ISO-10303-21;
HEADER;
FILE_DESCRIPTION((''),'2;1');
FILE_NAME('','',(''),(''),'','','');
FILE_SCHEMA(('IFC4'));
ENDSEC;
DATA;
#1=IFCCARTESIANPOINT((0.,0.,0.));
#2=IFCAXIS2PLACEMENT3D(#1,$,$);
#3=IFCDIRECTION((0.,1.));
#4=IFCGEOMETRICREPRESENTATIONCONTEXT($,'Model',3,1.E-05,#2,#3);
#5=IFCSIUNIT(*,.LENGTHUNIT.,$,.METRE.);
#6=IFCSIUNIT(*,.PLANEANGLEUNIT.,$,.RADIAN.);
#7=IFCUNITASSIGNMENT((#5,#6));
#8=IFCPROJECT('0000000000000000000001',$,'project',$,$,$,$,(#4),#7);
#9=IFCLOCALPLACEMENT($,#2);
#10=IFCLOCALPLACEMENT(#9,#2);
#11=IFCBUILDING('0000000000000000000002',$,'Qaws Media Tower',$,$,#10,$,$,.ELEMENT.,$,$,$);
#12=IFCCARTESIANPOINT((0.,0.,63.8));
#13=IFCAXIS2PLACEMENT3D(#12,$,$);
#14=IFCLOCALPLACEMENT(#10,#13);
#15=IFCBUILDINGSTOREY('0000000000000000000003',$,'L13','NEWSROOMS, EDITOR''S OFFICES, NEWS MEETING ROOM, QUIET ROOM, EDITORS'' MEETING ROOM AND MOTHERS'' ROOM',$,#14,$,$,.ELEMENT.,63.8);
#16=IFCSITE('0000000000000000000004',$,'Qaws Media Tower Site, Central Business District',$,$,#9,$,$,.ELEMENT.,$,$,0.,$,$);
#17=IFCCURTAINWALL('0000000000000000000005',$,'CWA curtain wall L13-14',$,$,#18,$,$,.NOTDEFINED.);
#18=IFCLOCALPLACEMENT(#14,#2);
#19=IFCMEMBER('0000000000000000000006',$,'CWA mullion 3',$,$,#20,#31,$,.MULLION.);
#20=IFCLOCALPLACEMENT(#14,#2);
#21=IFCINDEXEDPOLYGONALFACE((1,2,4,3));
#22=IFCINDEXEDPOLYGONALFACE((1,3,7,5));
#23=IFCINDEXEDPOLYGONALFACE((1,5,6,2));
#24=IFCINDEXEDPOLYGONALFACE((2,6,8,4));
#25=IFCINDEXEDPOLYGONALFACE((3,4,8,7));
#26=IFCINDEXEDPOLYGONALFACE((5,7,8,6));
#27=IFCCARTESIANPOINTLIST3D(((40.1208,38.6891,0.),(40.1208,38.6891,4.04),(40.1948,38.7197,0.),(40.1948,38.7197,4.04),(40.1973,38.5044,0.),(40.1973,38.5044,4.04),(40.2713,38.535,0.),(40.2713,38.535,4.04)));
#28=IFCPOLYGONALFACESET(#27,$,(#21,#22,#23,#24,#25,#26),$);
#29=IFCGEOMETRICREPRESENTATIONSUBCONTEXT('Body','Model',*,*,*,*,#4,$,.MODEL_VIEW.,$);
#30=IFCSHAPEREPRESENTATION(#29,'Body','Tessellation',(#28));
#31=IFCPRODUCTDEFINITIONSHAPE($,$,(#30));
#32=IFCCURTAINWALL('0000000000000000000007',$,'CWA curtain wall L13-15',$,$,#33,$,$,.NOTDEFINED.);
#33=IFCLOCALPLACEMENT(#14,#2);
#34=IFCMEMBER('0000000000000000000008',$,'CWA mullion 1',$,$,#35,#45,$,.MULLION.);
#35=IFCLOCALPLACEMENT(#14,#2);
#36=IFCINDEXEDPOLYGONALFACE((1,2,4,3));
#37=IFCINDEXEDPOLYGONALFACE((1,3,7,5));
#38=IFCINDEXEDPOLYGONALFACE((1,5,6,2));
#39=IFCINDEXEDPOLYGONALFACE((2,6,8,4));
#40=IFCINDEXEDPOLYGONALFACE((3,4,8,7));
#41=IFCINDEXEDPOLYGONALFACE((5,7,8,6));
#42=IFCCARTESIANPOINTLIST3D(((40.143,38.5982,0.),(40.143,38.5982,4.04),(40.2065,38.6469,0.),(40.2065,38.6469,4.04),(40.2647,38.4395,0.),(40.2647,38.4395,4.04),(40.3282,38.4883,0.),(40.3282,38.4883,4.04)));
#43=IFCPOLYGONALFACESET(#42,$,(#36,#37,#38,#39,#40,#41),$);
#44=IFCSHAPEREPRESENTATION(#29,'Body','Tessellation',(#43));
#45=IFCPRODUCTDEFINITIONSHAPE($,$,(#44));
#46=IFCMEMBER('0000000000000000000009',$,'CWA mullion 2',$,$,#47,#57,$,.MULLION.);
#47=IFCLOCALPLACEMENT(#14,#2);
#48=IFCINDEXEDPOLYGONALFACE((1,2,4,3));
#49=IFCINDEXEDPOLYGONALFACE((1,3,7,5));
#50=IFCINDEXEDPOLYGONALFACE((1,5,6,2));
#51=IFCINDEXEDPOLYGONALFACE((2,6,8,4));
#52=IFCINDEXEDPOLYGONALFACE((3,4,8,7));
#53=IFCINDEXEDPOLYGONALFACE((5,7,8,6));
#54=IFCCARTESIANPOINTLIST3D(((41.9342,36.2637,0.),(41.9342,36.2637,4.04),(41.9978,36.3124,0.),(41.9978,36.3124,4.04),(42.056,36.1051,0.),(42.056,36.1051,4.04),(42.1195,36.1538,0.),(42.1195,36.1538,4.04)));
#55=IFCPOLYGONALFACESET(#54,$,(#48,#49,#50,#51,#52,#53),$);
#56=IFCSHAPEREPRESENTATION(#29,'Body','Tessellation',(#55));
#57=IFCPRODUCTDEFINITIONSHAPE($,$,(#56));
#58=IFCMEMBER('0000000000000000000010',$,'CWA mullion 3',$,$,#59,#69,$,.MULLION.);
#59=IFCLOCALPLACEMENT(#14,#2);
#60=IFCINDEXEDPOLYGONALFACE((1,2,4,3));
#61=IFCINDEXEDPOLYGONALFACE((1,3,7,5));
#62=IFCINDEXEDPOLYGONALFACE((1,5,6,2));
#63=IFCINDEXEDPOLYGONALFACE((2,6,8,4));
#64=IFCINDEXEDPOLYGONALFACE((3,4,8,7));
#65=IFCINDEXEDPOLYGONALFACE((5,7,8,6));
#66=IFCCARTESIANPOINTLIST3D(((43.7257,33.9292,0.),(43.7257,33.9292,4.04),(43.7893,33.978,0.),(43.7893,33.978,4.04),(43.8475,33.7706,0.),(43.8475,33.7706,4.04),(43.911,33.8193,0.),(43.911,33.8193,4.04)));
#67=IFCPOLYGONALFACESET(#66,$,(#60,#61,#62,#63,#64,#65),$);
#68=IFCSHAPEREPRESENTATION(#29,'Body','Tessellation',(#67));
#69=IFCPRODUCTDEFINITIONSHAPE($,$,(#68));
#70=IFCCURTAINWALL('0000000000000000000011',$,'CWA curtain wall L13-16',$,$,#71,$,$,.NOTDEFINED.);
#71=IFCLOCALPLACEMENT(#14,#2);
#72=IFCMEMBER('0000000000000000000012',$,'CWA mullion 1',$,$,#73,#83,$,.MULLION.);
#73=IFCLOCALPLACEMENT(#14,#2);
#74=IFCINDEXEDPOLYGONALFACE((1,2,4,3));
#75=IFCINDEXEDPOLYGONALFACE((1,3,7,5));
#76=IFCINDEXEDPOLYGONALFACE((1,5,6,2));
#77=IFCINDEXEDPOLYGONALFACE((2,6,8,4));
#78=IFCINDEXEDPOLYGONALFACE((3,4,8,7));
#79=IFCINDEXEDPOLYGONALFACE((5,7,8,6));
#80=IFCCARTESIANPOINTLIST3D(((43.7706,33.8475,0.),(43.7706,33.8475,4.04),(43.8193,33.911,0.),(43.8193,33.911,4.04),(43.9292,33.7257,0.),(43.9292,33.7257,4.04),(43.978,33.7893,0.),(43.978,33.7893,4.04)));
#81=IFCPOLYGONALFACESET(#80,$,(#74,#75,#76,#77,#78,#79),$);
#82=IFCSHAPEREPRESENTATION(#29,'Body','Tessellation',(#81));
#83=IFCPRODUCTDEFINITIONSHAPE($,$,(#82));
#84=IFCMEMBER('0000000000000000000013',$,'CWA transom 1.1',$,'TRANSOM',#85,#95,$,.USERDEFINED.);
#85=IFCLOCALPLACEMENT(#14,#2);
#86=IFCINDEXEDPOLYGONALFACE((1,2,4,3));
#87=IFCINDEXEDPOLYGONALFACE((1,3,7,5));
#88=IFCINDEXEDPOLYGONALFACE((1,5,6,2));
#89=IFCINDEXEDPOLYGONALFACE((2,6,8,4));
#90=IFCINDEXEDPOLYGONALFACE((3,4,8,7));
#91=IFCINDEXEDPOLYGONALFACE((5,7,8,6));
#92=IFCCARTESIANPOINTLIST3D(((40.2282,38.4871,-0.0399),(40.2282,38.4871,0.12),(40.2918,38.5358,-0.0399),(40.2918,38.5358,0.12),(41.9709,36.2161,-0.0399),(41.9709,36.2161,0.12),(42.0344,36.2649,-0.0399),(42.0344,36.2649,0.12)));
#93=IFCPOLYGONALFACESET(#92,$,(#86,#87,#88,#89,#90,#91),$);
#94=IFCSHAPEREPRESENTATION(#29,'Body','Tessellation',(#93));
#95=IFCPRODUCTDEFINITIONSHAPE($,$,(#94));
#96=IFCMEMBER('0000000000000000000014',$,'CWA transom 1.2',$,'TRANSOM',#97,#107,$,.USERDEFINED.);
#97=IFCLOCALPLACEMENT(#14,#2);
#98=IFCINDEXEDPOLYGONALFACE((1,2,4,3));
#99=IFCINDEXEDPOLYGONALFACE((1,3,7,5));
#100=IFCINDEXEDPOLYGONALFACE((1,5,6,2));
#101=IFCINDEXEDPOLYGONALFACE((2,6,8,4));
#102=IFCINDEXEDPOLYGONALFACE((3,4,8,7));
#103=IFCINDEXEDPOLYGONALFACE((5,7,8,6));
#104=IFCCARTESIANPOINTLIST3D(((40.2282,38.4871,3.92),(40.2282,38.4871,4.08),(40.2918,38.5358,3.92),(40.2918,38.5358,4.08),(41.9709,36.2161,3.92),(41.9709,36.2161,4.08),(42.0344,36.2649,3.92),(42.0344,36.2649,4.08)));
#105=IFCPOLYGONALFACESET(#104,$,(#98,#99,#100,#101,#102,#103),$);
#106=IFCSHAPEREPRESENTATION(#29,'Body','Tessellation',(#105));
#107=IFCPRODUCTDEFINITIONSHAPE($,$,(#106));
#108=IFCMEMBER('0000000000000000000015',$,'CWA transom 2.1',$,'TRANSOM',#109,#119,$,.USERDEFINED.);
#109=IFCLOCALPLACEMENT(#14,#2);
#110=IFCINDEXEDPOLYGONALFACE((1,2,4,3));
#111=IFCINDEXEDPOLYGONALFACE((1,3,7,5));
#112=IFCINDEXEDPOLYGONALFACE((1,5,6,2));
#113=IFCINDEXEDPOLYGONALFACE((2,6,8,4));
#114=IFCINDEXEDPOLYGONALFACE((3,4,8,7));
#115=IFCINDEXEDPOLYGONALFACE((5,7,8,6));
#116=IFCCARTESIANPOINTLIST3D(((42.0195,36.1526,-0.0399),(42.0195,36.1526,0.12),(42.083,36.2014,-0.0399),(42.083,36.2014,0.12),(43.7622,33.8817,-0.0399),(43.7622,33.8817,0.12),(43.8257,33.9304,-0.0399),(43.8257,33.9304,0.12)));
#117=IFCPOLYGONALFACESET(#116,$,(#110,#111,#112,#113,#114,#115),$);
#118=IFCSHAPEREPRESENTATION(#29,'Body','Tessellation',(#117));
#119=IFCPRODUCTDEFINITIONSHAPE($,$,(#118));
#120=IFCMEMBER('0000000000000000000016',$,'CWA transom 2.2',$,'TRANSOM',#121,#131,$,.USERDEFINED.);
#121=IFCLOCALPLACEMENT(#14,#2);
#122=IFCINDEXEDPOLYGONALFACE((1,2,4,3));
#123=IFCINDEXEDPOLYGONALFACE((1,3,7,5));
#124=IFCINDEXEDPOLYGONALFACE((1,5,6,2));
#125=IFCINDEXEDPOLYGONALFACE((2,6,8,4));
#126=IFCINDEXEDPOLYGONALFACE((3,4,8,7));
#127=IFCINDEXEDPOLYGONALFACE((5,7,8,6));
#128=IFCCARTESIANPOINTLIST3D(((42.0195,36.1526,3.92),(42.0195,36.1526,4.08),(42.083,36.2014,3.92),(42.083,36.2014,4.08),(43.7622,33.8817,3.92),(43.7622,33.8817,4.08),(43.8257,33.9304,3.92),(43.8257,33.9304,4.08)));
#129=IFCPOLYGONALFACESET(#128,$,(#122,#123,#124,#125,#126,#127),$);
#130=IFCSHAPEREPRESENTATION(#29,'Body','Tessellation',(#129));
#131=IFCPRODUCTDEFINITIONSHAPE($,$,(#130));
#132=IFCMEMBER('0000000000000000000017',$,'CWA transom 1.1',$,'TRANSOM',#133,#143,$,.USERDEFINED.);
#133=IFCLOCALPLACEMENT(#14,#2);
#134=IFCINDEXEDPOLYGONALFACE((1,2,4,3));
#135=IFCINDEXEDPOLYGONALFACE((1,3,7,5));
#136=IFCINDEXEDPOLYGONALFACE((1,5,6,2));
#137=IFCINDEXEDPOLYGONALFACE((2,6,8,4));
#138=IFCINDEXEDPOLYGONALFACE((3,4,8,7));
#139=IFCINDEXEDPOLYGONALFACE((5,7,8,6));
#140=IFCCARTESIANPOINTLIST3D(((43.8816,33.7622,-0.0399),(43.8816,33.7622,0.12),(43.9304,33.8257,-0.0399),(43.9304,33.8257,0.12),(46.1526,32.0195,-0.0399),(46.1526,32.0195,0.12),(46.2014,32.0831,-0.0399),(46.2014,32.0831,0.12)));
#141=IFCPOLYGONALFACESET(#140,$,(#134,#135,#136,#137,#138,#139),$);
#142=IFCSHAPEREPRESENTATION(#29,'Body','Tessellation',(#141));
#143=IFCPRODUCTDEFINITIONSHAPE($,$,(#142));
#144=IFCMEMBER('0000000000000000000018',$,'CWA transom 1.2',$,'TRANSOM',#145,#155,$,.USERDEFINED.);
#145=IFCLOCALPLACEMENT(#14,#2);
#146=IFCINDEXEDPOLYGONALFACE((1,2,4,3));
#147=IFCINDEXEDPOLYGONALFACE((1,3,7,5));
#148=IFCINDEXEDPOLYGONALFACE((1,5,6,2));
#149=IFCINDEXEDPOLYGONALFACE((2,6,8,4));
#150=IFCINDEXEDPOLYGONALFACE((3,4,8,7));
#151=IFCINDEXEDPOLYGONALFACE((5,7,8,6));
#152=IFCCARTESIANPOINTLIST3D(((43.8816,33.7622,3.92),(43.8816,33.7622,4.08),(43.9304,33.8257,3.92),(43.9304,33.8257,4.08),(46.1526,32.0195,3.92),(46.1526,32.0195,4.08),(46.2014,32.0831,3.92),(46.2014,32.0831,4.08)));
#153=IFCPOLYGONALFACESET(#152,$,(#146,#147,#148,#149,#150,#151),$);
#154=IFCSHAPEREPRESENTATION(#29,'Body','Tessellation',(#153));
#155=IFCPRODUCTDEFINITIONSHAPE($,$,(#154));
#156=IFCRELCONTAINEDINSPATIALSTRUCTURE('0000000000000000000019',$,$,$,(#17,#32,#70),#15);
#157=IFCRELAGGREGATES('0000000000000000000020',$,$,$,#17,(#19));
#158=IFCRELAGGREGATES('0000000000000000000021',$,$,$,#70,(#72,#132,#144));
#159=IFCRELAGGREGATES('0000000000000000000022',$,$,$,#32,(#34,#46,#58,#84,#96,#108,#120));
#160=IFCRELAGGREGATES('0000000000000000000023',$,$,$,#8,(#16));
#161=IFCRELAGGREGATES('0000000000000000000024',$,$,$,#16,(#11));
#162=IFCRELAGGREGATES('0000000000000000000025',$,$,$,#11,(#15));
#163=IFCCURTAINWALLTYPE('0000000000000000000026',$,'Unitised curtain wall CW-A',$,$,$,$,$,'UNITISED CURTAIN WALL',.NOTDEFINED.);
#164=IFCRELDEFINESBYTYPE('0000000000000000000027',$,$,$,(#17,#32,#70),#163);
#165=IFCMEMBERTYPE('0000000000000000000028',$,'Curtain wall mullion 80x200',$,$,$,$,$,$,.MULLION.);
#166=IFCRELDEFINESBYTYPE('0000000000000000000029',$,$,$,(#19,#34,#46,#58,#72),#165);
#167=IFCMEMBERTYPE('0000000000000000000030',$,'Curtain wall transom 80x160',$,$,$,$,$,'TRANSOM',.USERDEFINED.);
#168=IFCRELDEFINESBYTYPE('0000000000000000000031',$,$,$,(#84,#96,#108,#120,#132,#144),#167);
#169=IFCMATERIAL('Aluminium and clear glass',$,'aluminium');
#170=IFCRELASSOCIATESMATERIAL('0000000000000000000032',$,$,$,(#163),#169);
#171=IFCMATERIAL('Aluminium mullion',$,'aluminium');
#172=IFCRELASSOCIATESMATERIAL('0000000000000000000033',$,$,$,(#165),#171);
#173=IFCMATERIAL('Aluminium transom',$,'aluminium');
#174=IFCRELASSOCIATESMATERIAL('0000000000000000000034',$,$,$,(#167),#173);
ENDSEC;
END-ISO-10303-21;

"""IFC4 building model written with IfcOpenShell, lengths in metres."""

from ifc_helpers import new_model, si_unit, direction, frame, origin, origin_2d, place, context, subcontext, project, spatial, rectangle, extrude, material, material_profile, profile_set, type_object, element, aggregate, save


model = new_model("IFC4")

# Units and contexts
model_context = context("Model", 3, precision=1e-05, world=origin(), true_north=direction((0.0, 1.0)))
body_context = subcontext(model_context, "Body", "Model", "MODEL_VIEW")
ifc_project = project(units=[si_unit("LENGTHUNIT", "METRE"), si_unit("PLANEANGLEUNIT", "RADIAN")], contexts=[model_context])

# Site, building, storey
site_placement = place(None, origin())
site = spatial("IfcSite", under=ifc_project, at=site_placement, Name="Qaws Media Tower Site, Central Business District", CompositionType="ELEMENT", RefElevation=0.0)
building_placement = place(site_placement, origin())
building = spatial("IfcBuilding", under=site, at=building_placement, Name="Qaws Media Tower", CompositionType="ELEMENT")
storey_placement = place(building_placement, frame((0.0, 0.0, 63.8)))
storey = spatial("IfcBuildingStorey", under=building, at=storey_placement, Name="L13", Description="NEWSROOMS, EDITOR'S OFFICES, NEWS MEETING ROOM, QUIET ROOM, EDITORS' MEETING ROOM AND MOTHERS' ROOM", CompositionType="ELEMENT", Elevation=63.8)

# Curtain wall, member
ifc_material_1 = material(Name="Aluminium and clear glass", Category="aluminium")
curtain_wall_type = type_object("IfcCurtainWallType", Name="Unitised curtain wall CW-A", ElementType="UNITISED CURTAIN WALL", PredefinedType="NOTDEFINED", material=ifc_material_1)
curtain_wall_1_placement = place(storey_placement, origin())
curtain_wall_1 = element("IfcCurtainWall", 1, at=curtain_wall_1_placement, inside=storey, type_object=curtain_wall_type, Name="CWA curtain wall L13-14", PredefinedType="NOTDEFINED")
ifc_material_2 = material(Name="Aluminium mullion", Category="aluminium")
ifc_material_profile_1 = material_profile(ifc_material_2, rectangle(XDim=0.0801, YDim=0.2, at=origin_2d()), Name="80x200")
ifc_profile_set_1 = profile_set([ifc_material_profile_1], Name="Aluminium mullion")
member_type_1 = type_object("IfcMemberType", Name="Curtain wall mullion 80x200", PredefinedType="MULLION", material=ifc_profile_set_1)
member_1_placement = place(storey_placement, frame((40.196, 38.6121, 0.0), z_axis=(0.0, 0.0, 1.0), x_axis=(0.92388, 0.382683, 0.0)))
member_1 = element("IfcMember", 2, at=member_1_placement, type_object=member_type_1, Name="CWA mullion 3", PredefinedType="MULLION", context=body_context, shape_type="SweptSolid", body=[
    extrude(rectangle(XDim=0.0801, YDim=0.2, at=origin_2d()), origin(), (0.0, 0.0, 1.0), 4.04),
])
aggregate(curtain_wall_1, [member_1])

# Curtain wall, members
curtain_wall_2_placement = place(storey_placement, origin())
curtain_wall_2 = element("IfcCurtainWall", 3, at=curtain_wall_2_placement, inside=storey, type_object=curtain_wall_type, Name="CWA curtain wall L13-15", PredefinedType="NOTDEFINED")
member_2_placement = place(storey_placement, frame((40.2356, 38.5432, 0.0), z_axis=(0.0, 0.0, 1.0), x_axis=(0.793353, 0.608761, 0.0)))
member_2 = element("IfcMember", 4, at=member_2_placement, type_object=member_type_1, Name="CWA mullion 1", PredefinedType="MULLION", context=body_context, shape_type="SweptSolid", body=[
    extrude(rectangle(XDim=0.0801, YDim=0.2, at=origin_2d()), origin(), (0.0, 0.0, 1.0), 4.04),
])
member_3_placement = place(storey_placement, frame((42.0269, 36.2087, 0.0), z_axis=(0.0, 0.0, 1.0), x_axis=(0.793353, 0.608761, 0.0)))
member_3 = element("IfcMember", 5, at=member_3_placement, type_object=member_type_1, Name="CWA mullion 2", PredefinedType="MULLION", context=body_context, shape_type="SweptSolid", body=[
    extrude(rectangle(XDim=0.0801, YDim=0.2, at=origin_2d()), origin(), (0.0, 0.0, 1.0), 4.04),
])
member_4_placement = place(storey_placement, frame((43.8184, 33.8743, 0.0), z_axis=(0.0, 0.0, 1.0), x_axis=(0.793353, 0.608761, 0.0)))
member_4 = element("IfcMember", 6, at=member_4_placement, type_object=member_type_1, Name="CWA mullion 3", PredefinedType="MULLION", context=body_context, shape_type="SweptSolid", body=[
    extrude(rectangle(XDim=0.0801, YDim=0.2, at=origin_2d()), origin(), (0.0, 0.0, 1.0), 4.04),
])

# Curtain wall, member
curtain_wall_3_placement = place(storey_placement, origin())
curtain_wall_3 = element("IfcCurtainWall", 7, at=curtain_wall_3_placement, inside=storey, type_object=curtain_wall_type, Name="CWA curtain wall L13-16", PredefinedType="NOTDEFINED")
member_5_placement = place(storey_placement, frame((43.8743, 33.8184, 0.0), z_axis=(0.0, 0.0, 1.0), x_axis=(0.608761, 0.793353, 0.0)))
member_5 = element("IfcMember", 8, at=member_5_placement, type_object=member_type_1, Name="CWA mullion 1", PredefinedType="MULLION", context=body_context, shape_type="SweptSolid", body=[
    extrude(rectangle(XDim=0.0801, YDim=0.2, at=origin_2d()), origin(), (0.0, 0.0, 1.0), 4.04),
])

# Members
ifc_material_3 = material(Name="Aluminium transom", Category="aluminium")
ifc_material_profile_2 = material_profile(ifc_material_3, rectangle(XDim=0.0801, YDim=0.1599, at=origin_2d()), Name="80x160")
ifc_profile_set_2 = profile_set([ifc_material_profile_2], Name="Aluminium transom")
member_type_2 = type_object("IfcMemberType", Name="Curtain wall transom 80x160", ElementType="TRANSOM", PredefinedType="USERDEFINED", material=ifc_profile_set_2)
member_6_placement = place(storey_placement, frame((40.26, 38.5115, 0.04), z_axis=(0.608779, -0.79334, 0.0), x_axis=(0.79334, 0.608779, 0.0)))
member_6 = element("IfcMember", 9, at=member_6_placement, type_object=member_type_2, Name="CWA transom 1.1", ObjectType="TRANSOM", PredefinedType="USERDEFINED", context=body_context, shape_type="SweptSolid", body=[
    extrude(rectangle(XDim=0.0801, YDim=0.1599, at=origin_2d()), origin(), (0.0, 0.0, 1.0), 2.8625),
])
member_7_placement = place(storey_placement, frame((40.26, 38.5115, 4.0), z_axis=(0.608779, -0.79334, 0.0), x_axis=(0.79334, 0.608779, 0.0)))
member_7 = element("IfcMember", 10, at=member_7_placement, type_object=member_type_2, Name="CWA transom 1.2", ObjectType="TRANSOM", PredefinedType="USERDEFINED", context=body_context, shape_type="SweptSolid", body=[
    extrude(rectangle(XDim=0.0801, YDim=0.1599, at=origin_2d()), origin(), (0.0, 0.0, 1.0), 2.8625),
])
member_8_placement = place(storey_placement, frame((42.0513, 36.177, 0.04), z_axis=(0.608779, -0.79334, 0.0), x_axis=(0.79334, 0.608779, 0.0)))
member_8 = element("IfcMember", 11, at=member_8_placement, type_object=member_type_2, Name="CWA transom 2.1", ObjectType="TRANSOM", PredefinedType="USERDEFINED", context=body_context, shape_type="SweptSolid", body=[
    extrude(rectangle(XDim=0.0801, YDim=0.1599, at=origin_2d()), origin(), (0.0, 0.0, 1.0), 2.8625),
])
member_9_placement = place(storey_placement, frame((42.0513, 36.177, 4.0), z_axis=(0.608779, -0.79334, 0.0), x_axis=(0.79334, 0.608779, 0.0)))
member_9 = element("IfcMember", 12, at=member_9_placement, type_object=member_type_2, Name="CWA transom 2.2", ObjectType="TRANSOM", PredefinedType="USERDEFINED", context=body_context, shape_type="SweptSolid", body=[
    extrude(rectangle(XDim=0.0801, YDim=0.1599, at=origin_2d()), origin(), (0.0, 0.0, 1.0), 2.8625),
])
member_10_placement = place(storey_placement, frame((43.906, 33.7939, 0.04), z_axis=(0.79334, -0.608779, 0.0), x_axis=(0.608779, 0.79334, 0.0)))
member_10 = element("IfcMember", 13, at=member_10_placement, type_object=member_type_2, Name="CWA transom 1.1", ObjectType="TRANSOM", PredefinedType="USERDEFINED", context=body_context, shape_type="SweptSolid", body=[
    extrude(rectangle(XDim=0.0801, YDim=0.1599, at=origin_2d()), origin(), (0.0, 0.0, 1.0), 2.8625),
])
member_11_placement = place(storey_placement, frame((43.906, 33.7939, 4.0), z_axis=(0.79334, -0.608779, 0.0), x_axis=(0.608779, 0.79334, 0.0)))
member_11 = element("IfcMember", 14, at=member_11_placement, type_object=member_type_2, Name="CWA transom 1.2", ObjectType="TRANSOM", PredefinedType="USERDEFINED", context=body_context, shape_type="SweptSolid", body=[
    extrude(rectangle(XDim=0.0801, YDim=0.1599, at=origin_2d()), origin(), (0.0, 0.0, 1.0), 2.8625),
])
aggregate(curtain_wall_3, [member_5, member_10, member_11])

aggregate(curtain_wall_2, [member_2, member_3, member_4, member_6, member_7, member_8, member_9])

save(model, "model.ifc")
